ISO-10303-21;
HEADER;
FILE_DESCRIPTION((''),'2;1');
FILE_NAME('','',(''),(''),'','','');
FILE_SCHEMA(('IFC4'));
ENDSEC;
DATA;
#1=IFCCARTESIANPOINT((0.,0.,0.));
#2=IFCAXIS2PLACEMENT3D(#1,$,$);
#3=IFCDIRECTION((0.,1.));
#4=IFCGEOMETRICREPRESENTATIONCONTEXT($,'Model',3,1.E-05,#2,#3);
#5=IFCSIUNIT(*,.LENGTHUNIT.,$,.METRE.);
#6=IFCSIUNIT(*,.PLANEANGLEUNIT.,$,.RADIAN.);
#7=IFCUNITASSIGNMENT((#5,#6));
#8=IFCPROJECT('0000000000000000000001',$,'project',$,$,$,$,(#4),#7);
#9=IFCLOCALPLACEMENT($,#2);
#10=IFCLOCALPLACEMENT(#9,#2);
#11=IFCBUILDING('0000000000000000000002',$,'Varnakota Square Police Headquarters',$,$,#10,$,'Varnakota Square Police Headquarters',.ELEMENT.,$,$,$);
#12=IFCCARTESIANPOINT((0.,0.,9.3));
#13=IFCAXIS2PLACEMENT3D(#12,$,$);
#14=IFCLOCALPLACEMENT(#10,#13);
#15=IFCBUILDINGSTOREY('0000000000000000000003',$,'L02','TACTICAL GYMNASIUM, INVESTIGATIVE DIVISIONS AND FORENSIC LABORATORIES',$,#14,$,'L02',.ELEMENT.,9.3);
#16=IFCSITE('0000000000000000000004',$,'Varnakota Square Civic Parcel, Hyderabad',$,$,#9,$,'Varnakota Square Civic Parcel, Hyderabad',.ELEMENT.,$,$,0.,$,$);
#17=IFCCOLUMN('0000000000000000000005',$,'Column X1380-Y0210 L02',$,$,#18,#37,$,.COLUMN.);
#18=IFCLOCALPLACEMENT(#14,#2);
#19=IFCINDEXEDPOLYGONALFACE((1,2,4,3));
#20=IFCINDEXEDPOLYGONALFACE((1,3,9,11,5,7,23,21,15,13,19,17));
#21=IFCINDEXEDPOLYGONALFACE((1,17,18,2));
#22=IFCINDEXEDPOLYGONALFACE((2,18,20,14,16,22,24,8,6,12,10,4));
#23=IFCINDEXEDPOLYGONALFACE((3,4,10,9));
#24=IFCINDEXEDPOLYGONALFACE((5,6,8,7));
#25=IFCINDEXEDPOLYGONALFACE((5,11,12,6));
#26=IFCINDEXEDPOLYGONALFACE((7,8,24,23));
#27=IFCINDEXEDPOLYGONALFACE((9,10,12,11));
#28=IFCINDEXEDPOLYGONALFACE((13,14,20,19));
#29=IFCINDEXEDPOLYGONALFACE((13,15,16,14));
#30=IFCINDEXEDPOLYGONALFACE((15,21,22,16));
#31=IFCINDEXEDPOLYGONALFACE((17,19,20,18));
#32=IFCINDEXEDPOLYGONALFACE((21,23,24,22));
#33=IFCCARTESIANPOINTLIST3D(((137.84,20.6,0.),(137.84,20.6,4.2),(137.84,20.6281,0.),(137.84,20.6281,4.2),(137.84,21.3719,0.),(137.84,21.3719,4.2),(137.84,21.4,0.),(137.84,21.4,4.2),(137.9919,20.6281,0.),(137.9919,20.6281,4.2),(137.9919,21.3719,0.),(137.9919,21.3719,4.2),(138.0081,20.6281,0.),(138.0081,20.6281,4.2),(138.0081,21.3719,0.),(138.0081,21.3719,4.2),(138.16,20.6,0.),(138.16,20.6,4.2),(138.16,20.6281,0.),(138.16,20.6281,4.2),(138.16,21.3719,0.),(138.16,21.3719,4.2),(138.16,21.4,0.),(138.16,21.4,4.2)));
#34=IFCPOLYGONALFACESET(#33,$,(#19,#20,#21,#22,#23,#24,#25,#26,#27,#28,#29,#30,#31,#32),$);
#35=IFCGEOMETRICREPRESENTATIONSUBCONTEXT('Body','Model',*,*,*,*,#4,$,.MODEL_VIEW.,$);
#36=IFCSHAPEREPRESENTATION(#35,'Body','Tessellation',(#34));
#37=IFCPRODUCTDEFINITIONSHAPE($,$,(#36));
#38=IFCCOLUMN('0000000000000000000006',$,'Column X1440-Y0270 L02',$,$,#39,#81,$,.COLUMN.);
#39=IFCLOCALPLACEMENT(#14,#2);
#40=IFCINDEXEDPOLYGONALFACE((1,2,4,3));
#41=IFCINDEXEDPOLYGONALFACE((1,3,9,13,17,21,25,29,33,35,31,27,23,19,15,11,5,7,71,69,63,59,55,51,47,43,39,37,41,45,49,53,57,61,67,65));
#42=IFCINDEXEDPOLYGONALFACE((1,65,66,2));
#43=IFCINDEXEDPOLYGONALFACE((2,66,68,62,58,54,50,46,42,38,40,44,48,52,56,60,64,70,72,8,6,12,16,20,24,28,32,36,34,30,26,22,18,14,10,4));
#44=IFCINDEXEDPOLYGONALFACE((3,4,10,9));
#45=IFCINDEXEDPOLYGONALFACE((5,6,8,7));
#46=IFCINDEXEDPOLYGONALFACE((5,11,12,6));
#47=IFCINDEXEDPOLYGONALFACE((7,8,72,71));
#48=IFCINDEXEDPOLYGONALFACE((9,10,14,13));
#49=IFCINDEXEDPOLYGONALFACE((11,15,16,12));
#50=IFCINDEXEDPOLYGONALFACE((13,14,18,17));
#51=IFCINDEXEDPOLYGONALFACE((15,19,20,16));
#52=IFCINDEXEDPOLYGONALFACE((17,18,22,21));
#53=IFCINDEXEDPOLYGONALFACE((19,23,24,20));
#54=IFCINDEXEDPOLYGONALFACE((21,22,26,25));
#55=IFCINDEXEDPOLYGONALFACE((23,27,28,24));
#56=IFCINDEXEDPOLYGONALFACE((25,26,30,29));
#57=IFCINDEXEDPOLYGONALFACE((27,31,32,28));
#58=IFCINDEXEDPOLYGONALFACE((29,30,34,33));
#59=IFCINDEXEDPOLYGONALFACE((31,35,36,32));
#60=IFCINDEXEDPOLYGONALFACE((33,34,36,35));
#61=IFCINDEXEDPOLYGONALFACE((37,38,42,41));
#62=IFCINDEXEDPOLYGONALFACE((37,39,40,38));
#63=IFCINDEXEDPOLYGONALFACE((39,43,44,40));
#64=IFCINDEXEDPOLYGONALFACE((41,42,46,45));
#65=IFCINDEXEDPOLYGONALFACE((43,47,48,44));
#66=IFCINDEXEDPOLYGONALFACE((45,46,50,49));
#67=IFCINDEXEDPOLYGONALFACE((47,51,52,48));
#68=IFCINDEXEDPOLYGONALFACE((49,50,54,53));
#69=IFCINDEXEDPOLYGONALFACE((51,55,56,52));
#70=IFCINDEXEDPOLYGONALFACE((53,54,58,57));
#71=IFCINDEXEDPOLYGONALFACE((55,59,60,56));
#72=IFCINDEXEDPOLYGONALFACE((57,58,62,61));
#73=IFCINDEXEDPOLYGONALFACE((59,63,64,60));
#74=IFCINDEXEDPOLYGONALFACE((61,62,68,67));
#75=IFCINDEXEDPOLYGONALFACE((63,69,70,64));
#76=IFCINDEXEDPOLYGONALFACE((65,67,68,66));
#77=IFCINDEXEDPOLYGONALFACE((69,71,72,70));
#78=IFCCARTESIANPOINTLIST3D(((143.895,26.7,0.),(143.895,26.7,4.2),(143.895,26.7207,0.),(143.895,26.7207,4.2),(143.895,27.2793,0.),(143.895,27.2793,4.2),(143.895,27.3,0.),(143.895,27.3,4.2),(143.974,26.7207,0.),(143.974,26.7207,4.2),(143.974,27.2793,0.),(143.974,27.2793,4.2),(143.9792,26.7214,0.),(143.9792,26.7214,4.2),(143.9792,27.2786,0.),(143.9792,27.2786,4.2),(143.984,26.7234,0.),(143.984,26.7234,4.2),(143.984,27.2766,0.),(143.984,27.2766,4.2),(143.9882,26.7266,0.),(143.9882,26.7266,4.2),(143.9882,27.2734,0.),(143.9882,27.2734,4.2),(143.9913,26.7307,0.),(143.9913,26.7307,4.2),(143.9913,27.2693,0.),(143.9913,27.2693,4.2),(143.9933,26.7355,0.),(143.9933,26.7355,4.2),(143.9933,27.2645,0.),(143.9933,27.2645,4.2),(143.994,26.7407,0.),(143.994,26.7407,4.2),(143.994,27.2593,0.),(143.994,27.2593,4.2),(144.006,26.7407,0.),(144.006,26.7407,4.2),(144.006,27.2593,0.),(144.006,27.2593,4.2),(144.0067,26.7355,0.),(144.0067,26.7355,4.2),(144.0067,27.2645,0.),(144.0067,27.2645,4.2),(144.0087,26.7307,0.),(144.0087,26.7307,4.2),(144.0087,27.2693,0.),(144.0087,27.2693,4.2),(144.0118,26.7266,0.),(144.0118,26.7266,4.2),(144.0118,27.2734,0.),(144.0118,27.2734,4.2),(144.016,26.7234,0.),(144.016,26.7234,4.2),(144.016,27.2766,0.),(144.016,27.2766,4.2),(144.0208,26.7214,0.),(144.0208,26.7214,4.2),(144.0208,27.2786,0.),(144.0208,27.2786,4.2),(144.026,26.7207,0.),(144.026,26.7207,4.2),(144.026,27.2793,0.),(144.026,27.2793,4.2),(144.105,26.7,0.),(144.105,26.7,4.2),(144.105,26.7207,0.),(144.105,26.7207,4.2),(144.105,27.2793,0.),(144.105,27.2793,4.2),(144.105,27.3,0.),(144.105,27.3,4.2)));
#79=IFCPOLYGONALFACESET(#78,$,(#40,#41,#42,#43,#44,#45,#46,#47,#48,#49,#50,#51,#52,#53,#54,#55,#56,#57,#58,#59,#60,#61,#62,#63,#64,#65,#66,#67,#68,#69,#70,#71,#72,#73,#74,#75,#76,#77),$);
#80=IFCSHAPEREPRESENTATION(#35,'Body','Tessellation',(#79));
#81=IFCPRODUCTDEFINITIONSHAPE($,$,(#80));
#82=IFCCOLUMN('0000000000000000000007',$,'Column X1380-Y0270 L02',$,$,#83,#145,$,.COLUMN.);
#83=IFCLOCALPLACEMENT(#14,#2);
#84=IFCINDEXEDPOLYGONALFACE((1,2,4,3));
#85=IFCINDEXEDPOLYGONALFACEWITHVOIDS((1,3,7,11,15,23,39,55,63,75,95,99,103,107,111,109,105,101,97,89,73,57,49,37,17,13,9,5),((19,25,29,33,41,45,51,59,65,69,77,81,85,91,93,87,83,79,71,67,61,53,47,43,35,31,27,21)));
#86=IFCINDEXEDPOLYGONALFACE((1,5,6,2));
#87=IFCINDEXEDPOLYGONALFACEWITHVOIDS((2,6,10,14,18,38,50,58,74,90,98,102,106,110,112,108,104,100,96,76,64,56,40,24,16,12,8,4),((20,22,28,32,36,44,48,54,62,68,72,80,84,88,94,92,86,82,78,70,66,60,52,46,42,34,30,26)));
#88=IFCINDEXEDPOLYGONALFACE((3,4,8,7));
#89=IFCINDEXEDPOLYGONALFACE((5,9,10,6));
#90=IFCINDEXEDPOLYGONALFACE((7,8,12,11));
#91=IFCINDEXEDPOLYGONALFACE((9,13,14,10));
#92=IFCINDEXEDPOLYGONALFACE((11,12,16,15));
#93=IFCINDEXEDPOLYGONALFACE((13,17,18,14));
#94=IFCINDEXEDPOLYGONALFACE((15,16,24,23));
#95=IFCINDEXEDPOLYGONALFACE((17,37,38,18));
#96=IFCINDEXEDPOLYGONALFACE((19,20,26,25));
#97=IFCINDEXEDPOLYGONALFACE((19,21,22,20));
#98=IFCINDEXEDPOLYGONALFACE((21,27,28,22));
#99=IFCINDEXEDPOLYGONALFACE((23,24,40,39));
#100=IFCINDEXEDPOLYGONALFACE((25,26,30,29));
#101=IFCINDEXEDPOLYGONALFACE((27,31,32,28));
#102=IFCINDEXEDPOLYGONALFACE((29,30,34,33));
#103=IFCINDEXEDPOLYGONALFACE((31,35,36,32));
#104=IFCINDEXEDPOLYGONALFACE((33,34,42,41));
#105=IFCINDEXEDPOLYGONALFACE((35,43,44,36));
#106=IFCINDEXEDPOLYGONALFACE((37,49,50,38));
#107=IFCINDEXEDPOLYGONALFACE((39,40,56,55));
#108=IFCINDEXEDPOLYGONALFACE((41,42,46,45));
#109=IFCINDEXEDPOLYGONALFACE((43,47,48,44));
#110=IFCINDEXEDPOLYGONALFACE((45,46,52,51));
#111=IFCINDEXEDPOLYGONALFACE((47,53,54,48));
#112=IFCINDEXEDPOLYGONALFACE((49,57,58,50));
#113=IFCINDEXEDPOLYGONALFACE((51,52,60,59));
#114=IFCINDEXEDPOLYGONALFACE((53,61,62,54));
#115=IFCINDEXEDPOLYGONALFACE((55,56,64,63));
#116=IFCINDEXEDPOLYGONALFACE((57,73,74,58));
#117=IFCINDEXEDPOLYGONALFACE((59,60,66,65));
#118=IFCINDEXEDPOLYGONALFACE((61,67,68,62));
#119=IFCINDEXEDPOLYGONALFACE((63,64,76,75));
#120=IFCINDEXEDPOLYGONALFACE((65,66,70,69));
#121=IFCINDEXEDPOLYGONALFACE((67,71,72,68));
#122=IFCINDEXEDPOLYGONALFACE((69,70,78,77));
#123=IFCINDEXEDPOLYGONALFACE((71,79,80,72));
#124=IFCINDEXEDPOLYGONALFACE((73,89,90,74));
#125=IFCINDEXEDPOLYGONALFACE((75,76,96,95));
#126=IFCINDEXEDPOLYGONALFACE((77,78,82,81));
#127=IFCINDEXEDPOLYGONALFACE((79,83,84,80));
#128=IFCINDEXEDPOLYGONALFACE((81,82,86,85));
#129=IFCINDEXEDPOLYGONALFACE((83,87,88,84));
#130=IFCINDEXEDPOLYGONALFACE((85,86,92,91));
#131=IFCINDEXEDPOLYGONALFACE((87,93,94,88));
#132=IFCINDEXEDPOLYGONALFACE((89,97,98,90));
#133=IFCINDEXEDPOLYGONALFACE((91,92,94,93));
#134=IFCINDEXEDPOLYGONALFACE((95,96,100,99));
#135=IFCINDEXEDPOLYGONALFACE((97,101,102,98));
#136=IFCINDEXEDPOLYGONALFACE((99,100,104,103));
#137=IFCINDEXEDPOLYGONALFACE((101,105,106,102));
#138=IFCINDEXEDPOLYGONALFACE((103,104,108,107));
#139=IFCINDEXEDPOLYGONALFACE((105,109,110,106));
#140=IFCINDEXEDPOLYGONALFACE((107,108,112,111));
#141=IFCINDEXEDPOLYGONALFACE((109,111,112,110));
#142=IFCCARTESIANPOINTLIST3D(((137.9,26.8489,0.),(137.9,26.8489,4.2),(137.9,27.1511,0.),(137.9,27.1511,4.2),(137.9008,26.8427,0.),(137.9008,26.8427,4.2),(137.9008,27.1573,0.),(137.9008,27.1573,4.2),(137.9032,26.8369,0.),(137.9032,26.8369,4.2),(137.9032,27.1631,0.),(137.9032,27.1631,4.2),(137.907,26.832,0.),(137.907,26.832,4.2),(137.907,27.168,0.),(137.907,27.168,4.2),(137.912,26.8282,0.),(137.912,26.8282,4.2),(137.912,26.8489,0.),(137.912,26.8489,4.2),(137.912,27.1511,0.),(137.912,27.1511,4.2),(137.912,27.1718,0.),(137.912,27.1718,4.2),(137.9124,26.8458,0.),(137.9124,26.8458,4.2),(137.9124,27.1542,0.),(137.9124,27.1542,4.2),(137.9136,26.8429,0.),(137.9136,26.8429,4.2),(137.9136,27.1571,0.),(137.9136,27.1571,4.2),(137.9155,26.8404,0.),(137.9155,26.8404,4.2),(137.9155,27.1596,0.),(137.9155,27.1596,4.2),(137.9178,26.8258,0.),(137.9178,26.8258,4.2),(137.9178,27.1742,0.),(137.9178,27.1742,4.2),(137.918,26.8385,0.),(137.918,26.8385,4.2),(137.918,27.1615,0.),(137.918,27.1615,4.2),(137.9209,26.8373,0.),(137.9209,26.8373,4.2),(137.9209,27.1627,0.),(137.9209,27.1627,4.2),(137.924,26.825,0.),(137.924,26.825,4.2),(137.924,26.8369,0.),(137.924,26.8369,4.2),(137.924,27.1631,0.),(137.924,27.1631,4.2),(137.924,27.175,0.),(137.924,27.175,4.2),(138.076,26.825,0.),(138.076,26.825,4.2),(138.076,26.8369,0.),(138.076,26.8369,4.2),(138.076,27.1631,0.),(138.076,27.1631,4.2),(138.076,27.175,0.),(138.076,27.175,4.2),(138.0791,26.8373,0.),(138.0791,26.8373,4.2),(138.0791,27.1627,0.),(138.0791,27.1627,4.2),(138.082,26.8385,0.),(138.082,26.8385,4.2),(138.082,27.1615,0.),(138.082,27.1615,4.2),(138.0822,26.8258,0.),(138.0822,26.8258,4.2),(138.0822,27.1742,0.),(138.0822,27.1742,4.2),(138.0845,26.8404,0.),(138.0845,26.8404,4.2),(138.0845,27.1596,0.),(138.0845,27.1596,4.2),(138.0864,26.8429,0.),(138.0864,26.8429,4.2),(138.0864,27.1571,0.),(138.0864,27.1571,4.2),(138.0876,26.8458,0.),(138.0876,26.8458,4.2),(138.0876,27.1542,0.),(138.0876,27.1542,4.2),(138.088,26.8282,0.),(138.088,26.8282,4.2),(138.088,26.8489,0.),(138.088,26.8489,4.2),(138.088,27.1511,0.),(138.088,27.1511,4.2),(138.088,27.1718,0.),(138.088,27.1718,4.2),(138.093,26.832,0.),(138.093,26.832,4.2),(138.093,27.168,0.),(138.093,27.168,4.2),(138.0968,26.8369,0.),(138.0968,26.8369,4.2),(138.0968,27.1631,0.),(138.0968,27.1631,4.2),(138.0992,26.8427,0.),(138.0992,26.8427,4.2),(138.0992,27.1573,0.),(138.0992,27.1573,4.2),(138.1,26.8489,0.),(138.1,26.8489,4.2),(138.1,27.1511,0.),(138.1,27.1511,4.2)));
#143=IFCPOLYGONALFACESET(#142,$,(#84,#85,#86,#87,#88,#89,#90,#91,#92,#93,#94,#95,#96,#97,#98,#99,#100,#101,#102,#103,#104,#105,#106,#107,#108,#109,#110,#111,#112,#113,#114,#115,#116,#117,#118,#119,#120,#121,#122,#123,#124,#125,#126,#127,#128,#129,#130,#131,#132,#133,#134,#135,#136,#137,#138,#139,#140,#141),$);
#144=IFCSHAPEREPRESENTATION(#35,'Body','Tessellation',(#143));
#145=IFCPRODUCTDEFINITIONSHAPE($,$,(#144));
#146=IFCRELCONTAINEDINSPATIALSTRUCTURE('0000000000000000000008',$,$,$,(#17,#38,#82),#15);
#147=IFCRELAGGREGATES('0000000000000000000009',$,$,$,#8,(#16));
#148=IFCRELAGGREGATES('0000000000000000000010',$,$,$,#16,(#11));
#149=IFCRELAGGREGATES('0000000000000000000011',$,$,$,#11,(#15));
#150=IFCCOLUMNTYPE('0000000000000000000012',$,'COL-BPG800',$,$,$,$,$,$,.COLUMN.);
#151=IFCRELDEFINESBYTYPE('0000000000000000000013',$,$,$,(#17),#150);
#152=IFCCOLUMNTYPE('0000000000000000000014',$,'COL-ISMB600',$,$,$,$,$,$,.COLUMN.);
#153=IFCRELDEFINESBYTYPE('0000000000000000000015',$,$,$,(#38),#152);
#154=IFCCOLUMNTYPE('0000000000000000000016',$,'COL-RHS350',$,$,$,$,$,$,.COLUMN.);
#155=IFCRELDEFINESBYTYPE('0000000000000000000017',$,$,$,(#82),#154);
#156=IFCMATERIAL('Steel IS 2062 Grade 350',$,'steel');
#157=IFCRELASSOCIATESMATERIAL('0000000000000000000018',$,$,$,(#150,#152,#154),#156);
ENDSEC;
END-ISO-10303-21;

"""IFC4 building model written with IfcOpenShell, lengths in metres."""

from ifc_helpers import new_model, si_unit, direction, frame, origin, origin_2d, place, context, subcontext, project, spatial, hollow_rectangle, i_section, extrude, material, material_profile, profile_set, type_object, element, save


model = new_model("IFC4")

# Units and contexts
model_context = context("Model", 3, precision=1e-05, world=origin(), true_north=direction((0.0, 1.0)))
body_context = subcontext(model_context, "Body", "Model", "MODEL_VIEW")
ifc_project = project(units=[si_unit("LENGTHUNIT", "METRE"), si_unit("PLANEANGLEUNIT", "RADIAN")], contexts=[model_context])

# Site, building, storey
site_placement = place(None, origin())
site = spatial("IfcSite", under=ifc_project, at=site_placement, Name="Varnakota Square Civic Parcel, Hyderabad", LongName="Varnakota Square Civic Parcel, Hyderabad", CompositionType="ELEMENT", RefElevation=0.0)
building_placement = place(site_placement, origin())
building = spatial("IfcBuilding", under=site, at=building_placement, Name="Varnakota Square Police Headquarters", LongName="Varnakota Square Police Headquarters", CompositionType="ELEMENT")
storey_placement = place(building_placement, frame((0.0, 0.0, 9.3)))
storey = spatial("IfcBuildingStorey", under=building, at=storey_placement, Name="L02", Description="TACTICAL GYMNASIUM, INVESTIGATIVE DIVISIONS AND FORENSIC LABORATORIES", LongName="L02", CompositionType="ELEMENT", Elevation=9.3)

# Columns
ifc_material_1 = material(Name="Steel IS 2062 Grade 350", Category="steel")
ifc_material_profile_1 = material_profile(ifc_material_1, i_section(OverallWidth=0.3201, OverallDepth=0.8, WebThickness=0.0161, FlangeThickness=0.0281, at=origin_2d()), Name="BPG 800x320")
ifc_profile_set_1 = profile_set([ifc_material_profile_1], Name="Steel IS 2062 Grade 350")
column_type_1 = type_object("IfcColumnType", Name="COL-BPG800", PredefinedType="COLUMN", material=ifc_profile_set_1)
column_1_placement = place(storey_placement, frame((138.0, 21.0, 0.0), z_axis=(0.0, 0.0, 1.0), x_axis=(1.0, 0.0, 0.0)))
element("IfcColumn", 1, at=column_1_placement, inside=storey, type_object=column_type_1, Name="Column X1380-Y0210 L02", PredefinedType="COLUMN", context=body_context, shape_type="SweptSolid", body=[
    extrude(i_section(OverallWidth=0.3201, OverallDepth=0.8, WebThickness=0.0161, FlangeThickness=0.0281, at=origin_2d()), origin(), (0.0, 0.0, 1.0), 4.2),
])
ifc_material_profile_2 = material_profile(ifc_material_1, i_section(OverallWidth=0.21, OverallDepth=0.6001, WebThickness=0.012, FlangeThickness=0.0208, FilletRadius=0.02, at=origin_2d()), Name="ISMB 600")
ifc_profile_set_2 = profile_set([ifc_material_profile_2], Name="Steel IS 2062 Grade 350")
column_type_2 = type_object("IfcColumnType", Name="COL-ISMB600", PredefinedType="COLUMN", material=ifc_profile_set_2)
column_2_placement = place(storey_placement, frame((144.0, 27.0, 0.0), z_axis=(0.0, 0.0, 1.0), x_axis=(1.0, 0.0, 0.0)))
element("IfcColumn", 2, at=column_2_placement, inside=storey, type_object=column_type_2, Name="Column X1440-Y0270 L02", PredefinedType="COLUMN", context=body_context, shape_type="SweptSolid", body=[
    extrude(i_section(OverallWidth=0.21, OverallDepth=0.6001, WebThickness=0.012, FlangeThickness=0.0208, FilletRadius=0.02, at=origin_2d()), origin(), (0.0, 0.0, 1.0), 4.2),
])
ifc_material_profile_3 = material_profile(ifc_material_1, hollow_rectangle(XDim=0.2, YDim=0.3501, WallThickness=0.012, InnerFilletRadius=0.012, OuterFilletRadius=0.0239, at=origin_2d()), Name="RHS 350x200x12")
ifc_profile_set_3 = profile_set([ifc_material_profile_3], Name="Steel IS 2062 Grade 350")
column_type_3 = type_object("IfcColumnType", Name="COL-RHS350", PredefinedType="COLUMN", material=ifc_profile_set_3)
for number, where, z_axis, x_axis, name in (
    (3, (138.0, 27.0, 0.0), (0.0, 0.0, 1.0), (1.0, 0.0, 0.0), "Column X1380-Y0270 L02"),
):
    element("IfcColumn", number, at=place(storey_placement, frame(where, z_axis=z_axis, x_axis=x_axis)), inside=storey, type_object=column_type_3, Name=name, PredefinedType="COLUMN", context=body_context, shape_type="SweptSolid", body=[
        extrude(hollow_rectangle(XDim=0.2, YDim=0.3501, WallThickness=0.012, InnerFilletRadius=0.012, OuterFilletRadius=0.0239, at=origin_2d()), origin(), (0.0, 0.0, 1.0), 4.2),
    ])

save(model, "model.ifc")
